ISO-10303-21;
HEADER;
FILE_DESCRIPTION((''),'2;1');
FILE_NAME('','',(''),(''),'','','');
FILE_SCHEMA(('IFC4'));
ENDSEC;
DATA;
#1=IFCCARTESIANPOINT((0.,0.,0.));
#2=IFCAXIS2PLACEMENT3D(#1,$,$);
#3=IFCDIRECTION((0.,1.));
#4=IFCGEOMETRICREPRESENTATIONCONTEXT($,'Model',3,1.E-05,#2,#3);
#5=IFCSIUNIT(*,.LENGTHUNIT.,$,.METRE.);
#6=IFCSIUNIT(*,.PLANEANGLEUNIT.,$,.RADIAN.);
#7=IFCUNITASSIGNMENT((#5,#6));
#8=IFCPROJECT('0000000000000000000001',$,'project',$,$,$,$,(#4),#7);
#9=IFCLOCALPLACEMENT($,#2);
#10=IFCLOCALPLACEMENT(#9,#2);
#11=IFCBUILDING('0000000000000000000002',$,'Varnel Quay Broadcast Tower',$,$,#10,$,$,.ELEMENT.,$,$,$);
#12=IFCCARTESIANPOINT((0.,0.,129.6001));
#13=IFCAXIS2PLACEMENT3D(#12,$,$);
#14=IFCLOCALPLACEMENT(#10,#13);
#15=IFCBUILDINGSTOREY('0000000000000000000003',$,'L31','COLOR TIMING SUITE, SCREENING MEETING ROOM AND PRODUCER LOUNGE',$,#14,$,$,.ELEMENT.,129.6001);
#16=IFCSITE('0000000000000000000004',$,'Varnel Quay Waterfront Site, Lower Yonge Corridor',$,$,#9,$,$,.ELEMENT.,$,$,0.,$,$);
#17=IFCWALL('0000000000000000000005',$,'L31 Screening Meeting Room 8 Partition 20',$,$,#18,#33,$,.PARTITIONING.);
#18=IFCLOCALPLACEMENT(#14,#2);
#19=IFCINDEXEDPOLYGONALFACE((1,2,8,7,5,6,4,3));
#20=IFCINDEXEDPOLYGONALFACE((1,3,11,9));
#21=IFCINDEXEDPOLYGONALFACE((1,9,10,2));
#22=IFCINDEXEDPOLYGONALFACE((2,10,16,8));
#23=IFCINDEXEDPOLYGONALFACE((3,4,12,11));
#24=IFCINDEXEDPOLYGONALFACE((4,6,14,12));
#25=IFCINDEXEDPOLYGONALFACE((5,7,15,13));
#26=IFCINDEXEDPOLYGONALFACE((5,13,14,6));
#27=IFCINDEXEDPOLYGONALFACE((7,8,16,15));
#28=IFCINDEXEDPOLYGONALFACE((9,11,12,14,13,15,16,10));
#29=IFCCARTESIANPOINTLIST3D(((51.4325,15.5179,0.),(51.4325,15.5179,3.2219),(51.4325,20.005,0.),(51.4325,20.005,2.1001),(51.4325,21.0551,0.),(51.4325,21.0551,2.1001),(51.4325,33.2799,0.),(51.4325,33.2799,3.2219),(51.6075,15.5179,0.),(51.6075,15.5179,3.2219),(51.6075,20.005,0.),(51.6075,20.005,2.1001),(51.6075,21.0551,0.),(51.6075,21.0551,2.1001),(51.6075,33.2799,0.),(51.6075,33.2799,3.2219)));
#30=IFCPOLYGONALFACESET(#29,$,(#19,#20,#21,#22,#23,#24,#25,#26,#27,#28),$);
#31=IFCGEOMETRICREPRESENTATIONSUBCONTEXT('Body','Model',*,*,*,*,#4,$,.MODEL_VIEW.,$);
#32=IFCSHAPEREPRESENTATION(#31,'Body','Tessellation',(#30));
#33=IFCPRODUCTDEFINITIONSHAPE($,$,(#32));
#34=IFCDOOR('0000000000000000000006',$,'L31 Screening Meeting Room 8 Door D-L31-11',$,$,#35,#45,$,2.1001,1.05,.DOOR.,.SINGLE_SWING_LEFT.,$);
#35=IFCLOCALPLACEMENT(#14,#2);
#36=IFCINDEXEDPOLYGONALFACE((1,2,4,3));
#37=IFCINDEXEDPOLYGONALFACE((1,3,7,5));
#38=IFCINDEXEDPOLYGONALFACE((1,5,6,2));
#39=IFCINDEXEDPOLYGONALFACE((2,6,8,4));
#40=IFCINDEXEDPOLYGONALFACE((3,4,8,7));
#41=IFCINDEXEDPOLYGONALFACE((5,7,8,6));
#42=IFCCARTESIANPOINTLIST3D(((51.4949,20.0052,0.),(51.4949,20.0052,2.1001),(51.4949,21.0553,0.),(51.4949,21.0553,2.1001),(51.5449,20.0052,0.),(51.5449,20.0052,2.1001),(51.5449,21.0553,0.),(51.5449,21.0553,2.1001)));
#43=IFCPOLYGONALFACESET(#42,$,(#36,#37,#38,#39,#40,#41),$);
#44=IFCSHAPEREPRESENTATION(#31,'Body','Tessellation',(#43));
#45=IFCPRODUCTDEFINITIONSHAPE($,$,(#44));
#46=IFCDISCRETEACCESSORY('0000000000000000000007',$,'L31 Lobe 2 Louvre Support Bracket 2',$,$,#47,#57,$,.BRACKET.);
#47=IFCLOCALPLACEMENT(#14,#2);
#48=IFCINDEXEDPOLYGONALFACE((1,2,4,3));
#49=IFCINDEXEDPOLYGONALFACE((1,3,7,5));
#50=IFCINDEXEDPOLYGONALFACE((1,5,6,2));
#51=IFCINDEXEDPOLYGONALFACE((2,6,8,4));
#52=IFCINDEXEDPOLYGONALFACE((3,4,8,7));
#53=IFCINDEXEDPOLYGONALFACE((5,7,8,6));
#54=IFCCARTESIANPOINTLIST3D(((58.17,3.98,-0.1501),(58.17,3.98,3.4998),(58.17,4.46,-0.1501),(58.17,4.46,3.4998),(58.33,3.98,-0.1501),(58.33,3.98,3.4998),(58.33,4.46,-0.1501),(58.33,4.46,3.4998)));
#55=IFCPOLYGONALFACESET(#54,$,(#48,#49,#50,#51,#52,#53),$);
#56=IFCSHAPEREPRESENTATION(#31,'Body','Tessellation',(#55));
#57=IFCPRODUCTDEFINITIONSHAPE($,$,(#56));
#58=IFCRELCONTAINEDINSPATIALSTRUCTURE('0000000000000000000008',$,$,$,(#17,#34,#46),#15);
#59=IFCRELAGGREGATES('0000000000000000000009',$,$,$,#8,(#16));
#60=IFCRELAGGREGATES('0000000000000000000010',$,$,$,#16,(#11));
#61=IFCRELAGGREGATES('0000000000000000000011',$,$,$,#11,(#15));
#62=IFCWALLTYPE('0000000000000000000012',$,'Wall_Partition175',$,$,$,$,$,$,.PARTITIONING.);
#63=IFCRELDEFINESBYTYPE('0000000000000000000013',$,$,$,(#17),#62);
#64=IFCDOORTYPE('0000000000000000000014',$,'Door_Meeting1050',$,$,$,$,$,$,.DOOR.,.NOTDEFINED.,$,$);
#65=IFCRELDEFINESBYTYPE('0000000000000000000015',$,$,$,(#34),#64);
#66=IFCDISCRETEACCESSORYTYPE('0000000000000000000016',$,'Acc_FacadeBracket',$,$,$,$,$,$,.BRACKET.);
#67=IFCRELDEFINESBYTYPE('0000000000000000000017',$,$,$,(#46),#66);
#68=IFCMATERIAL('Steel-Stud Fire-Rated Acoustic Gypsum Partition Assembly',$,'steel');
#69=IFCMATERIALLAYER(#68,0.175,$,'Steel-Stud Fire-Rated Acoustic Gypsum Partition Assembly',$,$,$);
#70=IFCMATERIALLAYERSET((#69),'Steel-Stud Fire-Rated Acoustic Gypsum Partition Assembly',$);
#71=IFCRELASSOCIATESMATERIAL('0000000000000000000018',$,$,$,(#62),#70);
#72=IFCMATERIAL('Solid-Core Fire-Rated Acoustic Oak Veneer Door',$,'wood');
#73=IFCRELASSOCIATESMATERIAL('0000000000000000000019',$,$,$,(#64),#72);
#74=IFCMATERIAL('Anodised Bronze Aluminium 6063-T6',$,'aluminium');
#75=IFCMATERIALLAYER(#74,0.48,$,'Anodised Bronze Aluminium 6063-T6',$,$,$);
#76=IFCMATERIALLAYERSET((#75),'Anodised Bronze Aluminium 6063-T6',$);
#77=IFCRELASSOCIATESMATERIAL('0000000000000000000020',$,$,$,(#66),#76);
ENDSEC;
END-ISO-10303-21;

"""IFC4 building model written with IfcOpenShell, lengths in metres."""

from ifc_helpers import new_model, si_unit, direction, frame, frame_2d, origin, origin_2d, place, context, subcontext, project, spatial, rectangle, extrude, source, transform, mapped, material, layer, layer_set, type_object, type_shapes, element, fill, save


model = new_model("IFC4")

# Units and contexts
model_context = context("Model", 3, precision=1e-05, world=origin(), true_north=direction((0.0, 1.0)))
body_context = subcontext(model_context, "Body", "Model", "MODEL_VIEW")
ifc_project = project(units=[si_unit("LENGTHUNIT", "METRE"), si_unit("PLANEANGLEUNIT", "RADIAN")], contexts=[model_context])

# Site, building, storey
site_placement = place(None, origin())
site = spatial("IfcSite", under=ifc_project, at=site_placement, Name="Varnel Quay Waterfront Site, Lower Yonge Corridor", CompositionType="ELEMENT", RefElevation=0.0)
building_placement = place(site_placement, origin())
building = spatial("IfcBuilding", under=site, at=building_placement, Name="Varnel Quay Broadcast Tower", CompositionType="ELEMENT")
storey_placement = place(building_placement, frame((0.0, 0.0, 129.6001)))
storey = spatial("IfcBuildingStorey", under=building, at=storey_placement, Name="L31", Description="COLOR TIMING SUITE, SCREENING MEETING ROOM AND PRODUCER LOUNGE", CompositionType="ELEMENT", Elevation=129.6001)

# Shared definitions
ifc_material_1 = material(Name="Anodised Bronze Aluminium 6063-T6", Category="aluminium")

# Shared definitions
ifc_material_2 = material(Name="Steel-Stud Fire-Rated Acoustic Gypsum Partition Assembly", Category="steel")
ifc_layer_1 = layer(ifc_material_2, 0.175, Name="Steel-Stud Fire-Rated Acoustic Gypsum Partition Assembly")
ifc_layer_set_1 = layer_set([ifc_layer_1], Name="Steel-Stud Fire-Rated Acoustic Gypsum Partition Assembly")
wall_type_1 = type_object("IfcWallType", Name="Wall_Partition175", PredefinedType="PARTITIONING", material=ifc_layer_set_1)

# Wall, opening, door
wall_1_placement = place(storey_placement, frame((51.52, 15.5181, 0.0), z_axis=(0.0, 0.0, 1.0), x_axis=(0.0, 1.0, 0.0)))
wall_1 = element("IfcWall", 1, at=wall_1_placement, inside=storey, type_object=wall_type_1, Name="L31 Screening Meeting Room 8 Partition 20", PredefinedType="PARTITIONING", context=body_context, shape_type="SweptSolid", body=[
    extrude(rectangle(XDim=17.762, YDim=0.175, at=frame_2d((8.8809, 0.0))), origin(), (0.0, 0.0, 1.0), 3.2219),
])
opening_placement = place(wall_1_placement, frame((4.4871, 0.0, 0.0)))
opening = element("IfcOpeningElement", 2, at=opening_placement, cuts=wall_1, PredefinedType="OPENING", context=body_context, shape_type="SweptSolid", body=[
    extrude(rectangle(XDim=1.05, YDim=2.1001, at=frame_2d((0.5249, 1.05))), frame((0.0, 0.0977, 0.0), z_axis=(0.0, -1.0, 0.0), x_axis=(1.0, 0.0, 0.0)), (0.0, 0.0, 1.0), 0.1951),
])
ifc_material_3 = material(Name="Solid-Core Fire-Rated Acoustic Oak Veneer Door", Category="wood")
door_type = type_object("IfcDoorType", Name="Door_Meeting1050", OperationType="NOTDEFINED", PredefinedType="DOOR", material=ifc_material_3)
shared_shape_1 = source(origin(), body_context, "Body", "SweptSolid", [
    extrude(rectangle(XDim=1.05, YDim=2.1001, at=frame_2d((0.5249, 1.05))), frame((0.0, 0.0249, 0.0), z_axis=(0.0, -1.0, 0.0), x_axis=(1.0, 0.0, 0.0)), (0.0, 0.0, 1.0), 0.05),
])
type_shapes(door_type, [shared_shape_1])
door_placement = place(opening_placement, frame((1.05, 0.0, 0.0), z_axis=(0.0, 0.0, 1.0), x_axis=(-1.0, 0.0, 0.0)))
door = element("IfcDoor", 3, at=door_placement, inside=storey, type_object=door_type, Name="L31 Screening Meeting Room 8 Door D-L31-11", OperationType="SINGLE_SWING_LEFT", OverallHeight=2.1001, OverallWidth=1.05, PredefinedType="DOOR", context=body_context, shape_type="MappedRepresentation", body=[
    mapped(shared_shape_1, transform((0.0, 0.0, 0.0), x_axis=(1.0, 0.0, 0.0), y_axis=(0.0, 1.0, 0.0), z_axis=(0.0, 0.0, 1.0), scale=1.0)),
])
fill(opening, door)

# Discrete accessory
ifc_layer_2 = layer(ifc_material_1, 0.48, Name="Anodised Bronze Aluminium 6063-T6")
ifc_layer_set_2 = layer_set([ifc_layer_2], Name="Anodised Bronze Aluminium 6063-T6")
discrete_accessory_type = type_object("IfcDiscreteAccessoryType", Name="Acc_FacadeBracket", PredefinedType="BRACKET", material=ifc_layer_set_2)
shared_shape_2 = source(origin(), body_context, "Body", "SweptSolid", [
    extrude(rectangle(XDim=0.1599, YDim=0.48, at=origin_2d()), origin(), (0.0, 0.0, 1.0), 3.6499),
])
type_shapes(discrete_accessory_type, [shared_shape_2])
discrete_accessory_placement = place(storey_placement, frame((58.25, 4.22, -0.1501), z_axis=(0.0, 0.0, 1.0), x_axis=(1.0, 0.0, 0.0)))
element("IfcDiscreteAccessory", 4, at=discrete_accessory_placement, inside=storey, type_object=discrete_accessory_type, Name="L31 Lobe 2 Louvre Support Bracket 2", PredefinedType="BRACKET", context=body_context, shape_type="MappedRepresentation", body=[
    mapped(shared_shape_2, transform((0.0, 0.0, 0.0), x_axis=(1.0, 0.0, 0.0), y_axis=(0.0, 1.0, 0.0), z_axis=(0.0, 0.0, 1.0), scale=1.0)),
])

save(model, "model.ifc")
